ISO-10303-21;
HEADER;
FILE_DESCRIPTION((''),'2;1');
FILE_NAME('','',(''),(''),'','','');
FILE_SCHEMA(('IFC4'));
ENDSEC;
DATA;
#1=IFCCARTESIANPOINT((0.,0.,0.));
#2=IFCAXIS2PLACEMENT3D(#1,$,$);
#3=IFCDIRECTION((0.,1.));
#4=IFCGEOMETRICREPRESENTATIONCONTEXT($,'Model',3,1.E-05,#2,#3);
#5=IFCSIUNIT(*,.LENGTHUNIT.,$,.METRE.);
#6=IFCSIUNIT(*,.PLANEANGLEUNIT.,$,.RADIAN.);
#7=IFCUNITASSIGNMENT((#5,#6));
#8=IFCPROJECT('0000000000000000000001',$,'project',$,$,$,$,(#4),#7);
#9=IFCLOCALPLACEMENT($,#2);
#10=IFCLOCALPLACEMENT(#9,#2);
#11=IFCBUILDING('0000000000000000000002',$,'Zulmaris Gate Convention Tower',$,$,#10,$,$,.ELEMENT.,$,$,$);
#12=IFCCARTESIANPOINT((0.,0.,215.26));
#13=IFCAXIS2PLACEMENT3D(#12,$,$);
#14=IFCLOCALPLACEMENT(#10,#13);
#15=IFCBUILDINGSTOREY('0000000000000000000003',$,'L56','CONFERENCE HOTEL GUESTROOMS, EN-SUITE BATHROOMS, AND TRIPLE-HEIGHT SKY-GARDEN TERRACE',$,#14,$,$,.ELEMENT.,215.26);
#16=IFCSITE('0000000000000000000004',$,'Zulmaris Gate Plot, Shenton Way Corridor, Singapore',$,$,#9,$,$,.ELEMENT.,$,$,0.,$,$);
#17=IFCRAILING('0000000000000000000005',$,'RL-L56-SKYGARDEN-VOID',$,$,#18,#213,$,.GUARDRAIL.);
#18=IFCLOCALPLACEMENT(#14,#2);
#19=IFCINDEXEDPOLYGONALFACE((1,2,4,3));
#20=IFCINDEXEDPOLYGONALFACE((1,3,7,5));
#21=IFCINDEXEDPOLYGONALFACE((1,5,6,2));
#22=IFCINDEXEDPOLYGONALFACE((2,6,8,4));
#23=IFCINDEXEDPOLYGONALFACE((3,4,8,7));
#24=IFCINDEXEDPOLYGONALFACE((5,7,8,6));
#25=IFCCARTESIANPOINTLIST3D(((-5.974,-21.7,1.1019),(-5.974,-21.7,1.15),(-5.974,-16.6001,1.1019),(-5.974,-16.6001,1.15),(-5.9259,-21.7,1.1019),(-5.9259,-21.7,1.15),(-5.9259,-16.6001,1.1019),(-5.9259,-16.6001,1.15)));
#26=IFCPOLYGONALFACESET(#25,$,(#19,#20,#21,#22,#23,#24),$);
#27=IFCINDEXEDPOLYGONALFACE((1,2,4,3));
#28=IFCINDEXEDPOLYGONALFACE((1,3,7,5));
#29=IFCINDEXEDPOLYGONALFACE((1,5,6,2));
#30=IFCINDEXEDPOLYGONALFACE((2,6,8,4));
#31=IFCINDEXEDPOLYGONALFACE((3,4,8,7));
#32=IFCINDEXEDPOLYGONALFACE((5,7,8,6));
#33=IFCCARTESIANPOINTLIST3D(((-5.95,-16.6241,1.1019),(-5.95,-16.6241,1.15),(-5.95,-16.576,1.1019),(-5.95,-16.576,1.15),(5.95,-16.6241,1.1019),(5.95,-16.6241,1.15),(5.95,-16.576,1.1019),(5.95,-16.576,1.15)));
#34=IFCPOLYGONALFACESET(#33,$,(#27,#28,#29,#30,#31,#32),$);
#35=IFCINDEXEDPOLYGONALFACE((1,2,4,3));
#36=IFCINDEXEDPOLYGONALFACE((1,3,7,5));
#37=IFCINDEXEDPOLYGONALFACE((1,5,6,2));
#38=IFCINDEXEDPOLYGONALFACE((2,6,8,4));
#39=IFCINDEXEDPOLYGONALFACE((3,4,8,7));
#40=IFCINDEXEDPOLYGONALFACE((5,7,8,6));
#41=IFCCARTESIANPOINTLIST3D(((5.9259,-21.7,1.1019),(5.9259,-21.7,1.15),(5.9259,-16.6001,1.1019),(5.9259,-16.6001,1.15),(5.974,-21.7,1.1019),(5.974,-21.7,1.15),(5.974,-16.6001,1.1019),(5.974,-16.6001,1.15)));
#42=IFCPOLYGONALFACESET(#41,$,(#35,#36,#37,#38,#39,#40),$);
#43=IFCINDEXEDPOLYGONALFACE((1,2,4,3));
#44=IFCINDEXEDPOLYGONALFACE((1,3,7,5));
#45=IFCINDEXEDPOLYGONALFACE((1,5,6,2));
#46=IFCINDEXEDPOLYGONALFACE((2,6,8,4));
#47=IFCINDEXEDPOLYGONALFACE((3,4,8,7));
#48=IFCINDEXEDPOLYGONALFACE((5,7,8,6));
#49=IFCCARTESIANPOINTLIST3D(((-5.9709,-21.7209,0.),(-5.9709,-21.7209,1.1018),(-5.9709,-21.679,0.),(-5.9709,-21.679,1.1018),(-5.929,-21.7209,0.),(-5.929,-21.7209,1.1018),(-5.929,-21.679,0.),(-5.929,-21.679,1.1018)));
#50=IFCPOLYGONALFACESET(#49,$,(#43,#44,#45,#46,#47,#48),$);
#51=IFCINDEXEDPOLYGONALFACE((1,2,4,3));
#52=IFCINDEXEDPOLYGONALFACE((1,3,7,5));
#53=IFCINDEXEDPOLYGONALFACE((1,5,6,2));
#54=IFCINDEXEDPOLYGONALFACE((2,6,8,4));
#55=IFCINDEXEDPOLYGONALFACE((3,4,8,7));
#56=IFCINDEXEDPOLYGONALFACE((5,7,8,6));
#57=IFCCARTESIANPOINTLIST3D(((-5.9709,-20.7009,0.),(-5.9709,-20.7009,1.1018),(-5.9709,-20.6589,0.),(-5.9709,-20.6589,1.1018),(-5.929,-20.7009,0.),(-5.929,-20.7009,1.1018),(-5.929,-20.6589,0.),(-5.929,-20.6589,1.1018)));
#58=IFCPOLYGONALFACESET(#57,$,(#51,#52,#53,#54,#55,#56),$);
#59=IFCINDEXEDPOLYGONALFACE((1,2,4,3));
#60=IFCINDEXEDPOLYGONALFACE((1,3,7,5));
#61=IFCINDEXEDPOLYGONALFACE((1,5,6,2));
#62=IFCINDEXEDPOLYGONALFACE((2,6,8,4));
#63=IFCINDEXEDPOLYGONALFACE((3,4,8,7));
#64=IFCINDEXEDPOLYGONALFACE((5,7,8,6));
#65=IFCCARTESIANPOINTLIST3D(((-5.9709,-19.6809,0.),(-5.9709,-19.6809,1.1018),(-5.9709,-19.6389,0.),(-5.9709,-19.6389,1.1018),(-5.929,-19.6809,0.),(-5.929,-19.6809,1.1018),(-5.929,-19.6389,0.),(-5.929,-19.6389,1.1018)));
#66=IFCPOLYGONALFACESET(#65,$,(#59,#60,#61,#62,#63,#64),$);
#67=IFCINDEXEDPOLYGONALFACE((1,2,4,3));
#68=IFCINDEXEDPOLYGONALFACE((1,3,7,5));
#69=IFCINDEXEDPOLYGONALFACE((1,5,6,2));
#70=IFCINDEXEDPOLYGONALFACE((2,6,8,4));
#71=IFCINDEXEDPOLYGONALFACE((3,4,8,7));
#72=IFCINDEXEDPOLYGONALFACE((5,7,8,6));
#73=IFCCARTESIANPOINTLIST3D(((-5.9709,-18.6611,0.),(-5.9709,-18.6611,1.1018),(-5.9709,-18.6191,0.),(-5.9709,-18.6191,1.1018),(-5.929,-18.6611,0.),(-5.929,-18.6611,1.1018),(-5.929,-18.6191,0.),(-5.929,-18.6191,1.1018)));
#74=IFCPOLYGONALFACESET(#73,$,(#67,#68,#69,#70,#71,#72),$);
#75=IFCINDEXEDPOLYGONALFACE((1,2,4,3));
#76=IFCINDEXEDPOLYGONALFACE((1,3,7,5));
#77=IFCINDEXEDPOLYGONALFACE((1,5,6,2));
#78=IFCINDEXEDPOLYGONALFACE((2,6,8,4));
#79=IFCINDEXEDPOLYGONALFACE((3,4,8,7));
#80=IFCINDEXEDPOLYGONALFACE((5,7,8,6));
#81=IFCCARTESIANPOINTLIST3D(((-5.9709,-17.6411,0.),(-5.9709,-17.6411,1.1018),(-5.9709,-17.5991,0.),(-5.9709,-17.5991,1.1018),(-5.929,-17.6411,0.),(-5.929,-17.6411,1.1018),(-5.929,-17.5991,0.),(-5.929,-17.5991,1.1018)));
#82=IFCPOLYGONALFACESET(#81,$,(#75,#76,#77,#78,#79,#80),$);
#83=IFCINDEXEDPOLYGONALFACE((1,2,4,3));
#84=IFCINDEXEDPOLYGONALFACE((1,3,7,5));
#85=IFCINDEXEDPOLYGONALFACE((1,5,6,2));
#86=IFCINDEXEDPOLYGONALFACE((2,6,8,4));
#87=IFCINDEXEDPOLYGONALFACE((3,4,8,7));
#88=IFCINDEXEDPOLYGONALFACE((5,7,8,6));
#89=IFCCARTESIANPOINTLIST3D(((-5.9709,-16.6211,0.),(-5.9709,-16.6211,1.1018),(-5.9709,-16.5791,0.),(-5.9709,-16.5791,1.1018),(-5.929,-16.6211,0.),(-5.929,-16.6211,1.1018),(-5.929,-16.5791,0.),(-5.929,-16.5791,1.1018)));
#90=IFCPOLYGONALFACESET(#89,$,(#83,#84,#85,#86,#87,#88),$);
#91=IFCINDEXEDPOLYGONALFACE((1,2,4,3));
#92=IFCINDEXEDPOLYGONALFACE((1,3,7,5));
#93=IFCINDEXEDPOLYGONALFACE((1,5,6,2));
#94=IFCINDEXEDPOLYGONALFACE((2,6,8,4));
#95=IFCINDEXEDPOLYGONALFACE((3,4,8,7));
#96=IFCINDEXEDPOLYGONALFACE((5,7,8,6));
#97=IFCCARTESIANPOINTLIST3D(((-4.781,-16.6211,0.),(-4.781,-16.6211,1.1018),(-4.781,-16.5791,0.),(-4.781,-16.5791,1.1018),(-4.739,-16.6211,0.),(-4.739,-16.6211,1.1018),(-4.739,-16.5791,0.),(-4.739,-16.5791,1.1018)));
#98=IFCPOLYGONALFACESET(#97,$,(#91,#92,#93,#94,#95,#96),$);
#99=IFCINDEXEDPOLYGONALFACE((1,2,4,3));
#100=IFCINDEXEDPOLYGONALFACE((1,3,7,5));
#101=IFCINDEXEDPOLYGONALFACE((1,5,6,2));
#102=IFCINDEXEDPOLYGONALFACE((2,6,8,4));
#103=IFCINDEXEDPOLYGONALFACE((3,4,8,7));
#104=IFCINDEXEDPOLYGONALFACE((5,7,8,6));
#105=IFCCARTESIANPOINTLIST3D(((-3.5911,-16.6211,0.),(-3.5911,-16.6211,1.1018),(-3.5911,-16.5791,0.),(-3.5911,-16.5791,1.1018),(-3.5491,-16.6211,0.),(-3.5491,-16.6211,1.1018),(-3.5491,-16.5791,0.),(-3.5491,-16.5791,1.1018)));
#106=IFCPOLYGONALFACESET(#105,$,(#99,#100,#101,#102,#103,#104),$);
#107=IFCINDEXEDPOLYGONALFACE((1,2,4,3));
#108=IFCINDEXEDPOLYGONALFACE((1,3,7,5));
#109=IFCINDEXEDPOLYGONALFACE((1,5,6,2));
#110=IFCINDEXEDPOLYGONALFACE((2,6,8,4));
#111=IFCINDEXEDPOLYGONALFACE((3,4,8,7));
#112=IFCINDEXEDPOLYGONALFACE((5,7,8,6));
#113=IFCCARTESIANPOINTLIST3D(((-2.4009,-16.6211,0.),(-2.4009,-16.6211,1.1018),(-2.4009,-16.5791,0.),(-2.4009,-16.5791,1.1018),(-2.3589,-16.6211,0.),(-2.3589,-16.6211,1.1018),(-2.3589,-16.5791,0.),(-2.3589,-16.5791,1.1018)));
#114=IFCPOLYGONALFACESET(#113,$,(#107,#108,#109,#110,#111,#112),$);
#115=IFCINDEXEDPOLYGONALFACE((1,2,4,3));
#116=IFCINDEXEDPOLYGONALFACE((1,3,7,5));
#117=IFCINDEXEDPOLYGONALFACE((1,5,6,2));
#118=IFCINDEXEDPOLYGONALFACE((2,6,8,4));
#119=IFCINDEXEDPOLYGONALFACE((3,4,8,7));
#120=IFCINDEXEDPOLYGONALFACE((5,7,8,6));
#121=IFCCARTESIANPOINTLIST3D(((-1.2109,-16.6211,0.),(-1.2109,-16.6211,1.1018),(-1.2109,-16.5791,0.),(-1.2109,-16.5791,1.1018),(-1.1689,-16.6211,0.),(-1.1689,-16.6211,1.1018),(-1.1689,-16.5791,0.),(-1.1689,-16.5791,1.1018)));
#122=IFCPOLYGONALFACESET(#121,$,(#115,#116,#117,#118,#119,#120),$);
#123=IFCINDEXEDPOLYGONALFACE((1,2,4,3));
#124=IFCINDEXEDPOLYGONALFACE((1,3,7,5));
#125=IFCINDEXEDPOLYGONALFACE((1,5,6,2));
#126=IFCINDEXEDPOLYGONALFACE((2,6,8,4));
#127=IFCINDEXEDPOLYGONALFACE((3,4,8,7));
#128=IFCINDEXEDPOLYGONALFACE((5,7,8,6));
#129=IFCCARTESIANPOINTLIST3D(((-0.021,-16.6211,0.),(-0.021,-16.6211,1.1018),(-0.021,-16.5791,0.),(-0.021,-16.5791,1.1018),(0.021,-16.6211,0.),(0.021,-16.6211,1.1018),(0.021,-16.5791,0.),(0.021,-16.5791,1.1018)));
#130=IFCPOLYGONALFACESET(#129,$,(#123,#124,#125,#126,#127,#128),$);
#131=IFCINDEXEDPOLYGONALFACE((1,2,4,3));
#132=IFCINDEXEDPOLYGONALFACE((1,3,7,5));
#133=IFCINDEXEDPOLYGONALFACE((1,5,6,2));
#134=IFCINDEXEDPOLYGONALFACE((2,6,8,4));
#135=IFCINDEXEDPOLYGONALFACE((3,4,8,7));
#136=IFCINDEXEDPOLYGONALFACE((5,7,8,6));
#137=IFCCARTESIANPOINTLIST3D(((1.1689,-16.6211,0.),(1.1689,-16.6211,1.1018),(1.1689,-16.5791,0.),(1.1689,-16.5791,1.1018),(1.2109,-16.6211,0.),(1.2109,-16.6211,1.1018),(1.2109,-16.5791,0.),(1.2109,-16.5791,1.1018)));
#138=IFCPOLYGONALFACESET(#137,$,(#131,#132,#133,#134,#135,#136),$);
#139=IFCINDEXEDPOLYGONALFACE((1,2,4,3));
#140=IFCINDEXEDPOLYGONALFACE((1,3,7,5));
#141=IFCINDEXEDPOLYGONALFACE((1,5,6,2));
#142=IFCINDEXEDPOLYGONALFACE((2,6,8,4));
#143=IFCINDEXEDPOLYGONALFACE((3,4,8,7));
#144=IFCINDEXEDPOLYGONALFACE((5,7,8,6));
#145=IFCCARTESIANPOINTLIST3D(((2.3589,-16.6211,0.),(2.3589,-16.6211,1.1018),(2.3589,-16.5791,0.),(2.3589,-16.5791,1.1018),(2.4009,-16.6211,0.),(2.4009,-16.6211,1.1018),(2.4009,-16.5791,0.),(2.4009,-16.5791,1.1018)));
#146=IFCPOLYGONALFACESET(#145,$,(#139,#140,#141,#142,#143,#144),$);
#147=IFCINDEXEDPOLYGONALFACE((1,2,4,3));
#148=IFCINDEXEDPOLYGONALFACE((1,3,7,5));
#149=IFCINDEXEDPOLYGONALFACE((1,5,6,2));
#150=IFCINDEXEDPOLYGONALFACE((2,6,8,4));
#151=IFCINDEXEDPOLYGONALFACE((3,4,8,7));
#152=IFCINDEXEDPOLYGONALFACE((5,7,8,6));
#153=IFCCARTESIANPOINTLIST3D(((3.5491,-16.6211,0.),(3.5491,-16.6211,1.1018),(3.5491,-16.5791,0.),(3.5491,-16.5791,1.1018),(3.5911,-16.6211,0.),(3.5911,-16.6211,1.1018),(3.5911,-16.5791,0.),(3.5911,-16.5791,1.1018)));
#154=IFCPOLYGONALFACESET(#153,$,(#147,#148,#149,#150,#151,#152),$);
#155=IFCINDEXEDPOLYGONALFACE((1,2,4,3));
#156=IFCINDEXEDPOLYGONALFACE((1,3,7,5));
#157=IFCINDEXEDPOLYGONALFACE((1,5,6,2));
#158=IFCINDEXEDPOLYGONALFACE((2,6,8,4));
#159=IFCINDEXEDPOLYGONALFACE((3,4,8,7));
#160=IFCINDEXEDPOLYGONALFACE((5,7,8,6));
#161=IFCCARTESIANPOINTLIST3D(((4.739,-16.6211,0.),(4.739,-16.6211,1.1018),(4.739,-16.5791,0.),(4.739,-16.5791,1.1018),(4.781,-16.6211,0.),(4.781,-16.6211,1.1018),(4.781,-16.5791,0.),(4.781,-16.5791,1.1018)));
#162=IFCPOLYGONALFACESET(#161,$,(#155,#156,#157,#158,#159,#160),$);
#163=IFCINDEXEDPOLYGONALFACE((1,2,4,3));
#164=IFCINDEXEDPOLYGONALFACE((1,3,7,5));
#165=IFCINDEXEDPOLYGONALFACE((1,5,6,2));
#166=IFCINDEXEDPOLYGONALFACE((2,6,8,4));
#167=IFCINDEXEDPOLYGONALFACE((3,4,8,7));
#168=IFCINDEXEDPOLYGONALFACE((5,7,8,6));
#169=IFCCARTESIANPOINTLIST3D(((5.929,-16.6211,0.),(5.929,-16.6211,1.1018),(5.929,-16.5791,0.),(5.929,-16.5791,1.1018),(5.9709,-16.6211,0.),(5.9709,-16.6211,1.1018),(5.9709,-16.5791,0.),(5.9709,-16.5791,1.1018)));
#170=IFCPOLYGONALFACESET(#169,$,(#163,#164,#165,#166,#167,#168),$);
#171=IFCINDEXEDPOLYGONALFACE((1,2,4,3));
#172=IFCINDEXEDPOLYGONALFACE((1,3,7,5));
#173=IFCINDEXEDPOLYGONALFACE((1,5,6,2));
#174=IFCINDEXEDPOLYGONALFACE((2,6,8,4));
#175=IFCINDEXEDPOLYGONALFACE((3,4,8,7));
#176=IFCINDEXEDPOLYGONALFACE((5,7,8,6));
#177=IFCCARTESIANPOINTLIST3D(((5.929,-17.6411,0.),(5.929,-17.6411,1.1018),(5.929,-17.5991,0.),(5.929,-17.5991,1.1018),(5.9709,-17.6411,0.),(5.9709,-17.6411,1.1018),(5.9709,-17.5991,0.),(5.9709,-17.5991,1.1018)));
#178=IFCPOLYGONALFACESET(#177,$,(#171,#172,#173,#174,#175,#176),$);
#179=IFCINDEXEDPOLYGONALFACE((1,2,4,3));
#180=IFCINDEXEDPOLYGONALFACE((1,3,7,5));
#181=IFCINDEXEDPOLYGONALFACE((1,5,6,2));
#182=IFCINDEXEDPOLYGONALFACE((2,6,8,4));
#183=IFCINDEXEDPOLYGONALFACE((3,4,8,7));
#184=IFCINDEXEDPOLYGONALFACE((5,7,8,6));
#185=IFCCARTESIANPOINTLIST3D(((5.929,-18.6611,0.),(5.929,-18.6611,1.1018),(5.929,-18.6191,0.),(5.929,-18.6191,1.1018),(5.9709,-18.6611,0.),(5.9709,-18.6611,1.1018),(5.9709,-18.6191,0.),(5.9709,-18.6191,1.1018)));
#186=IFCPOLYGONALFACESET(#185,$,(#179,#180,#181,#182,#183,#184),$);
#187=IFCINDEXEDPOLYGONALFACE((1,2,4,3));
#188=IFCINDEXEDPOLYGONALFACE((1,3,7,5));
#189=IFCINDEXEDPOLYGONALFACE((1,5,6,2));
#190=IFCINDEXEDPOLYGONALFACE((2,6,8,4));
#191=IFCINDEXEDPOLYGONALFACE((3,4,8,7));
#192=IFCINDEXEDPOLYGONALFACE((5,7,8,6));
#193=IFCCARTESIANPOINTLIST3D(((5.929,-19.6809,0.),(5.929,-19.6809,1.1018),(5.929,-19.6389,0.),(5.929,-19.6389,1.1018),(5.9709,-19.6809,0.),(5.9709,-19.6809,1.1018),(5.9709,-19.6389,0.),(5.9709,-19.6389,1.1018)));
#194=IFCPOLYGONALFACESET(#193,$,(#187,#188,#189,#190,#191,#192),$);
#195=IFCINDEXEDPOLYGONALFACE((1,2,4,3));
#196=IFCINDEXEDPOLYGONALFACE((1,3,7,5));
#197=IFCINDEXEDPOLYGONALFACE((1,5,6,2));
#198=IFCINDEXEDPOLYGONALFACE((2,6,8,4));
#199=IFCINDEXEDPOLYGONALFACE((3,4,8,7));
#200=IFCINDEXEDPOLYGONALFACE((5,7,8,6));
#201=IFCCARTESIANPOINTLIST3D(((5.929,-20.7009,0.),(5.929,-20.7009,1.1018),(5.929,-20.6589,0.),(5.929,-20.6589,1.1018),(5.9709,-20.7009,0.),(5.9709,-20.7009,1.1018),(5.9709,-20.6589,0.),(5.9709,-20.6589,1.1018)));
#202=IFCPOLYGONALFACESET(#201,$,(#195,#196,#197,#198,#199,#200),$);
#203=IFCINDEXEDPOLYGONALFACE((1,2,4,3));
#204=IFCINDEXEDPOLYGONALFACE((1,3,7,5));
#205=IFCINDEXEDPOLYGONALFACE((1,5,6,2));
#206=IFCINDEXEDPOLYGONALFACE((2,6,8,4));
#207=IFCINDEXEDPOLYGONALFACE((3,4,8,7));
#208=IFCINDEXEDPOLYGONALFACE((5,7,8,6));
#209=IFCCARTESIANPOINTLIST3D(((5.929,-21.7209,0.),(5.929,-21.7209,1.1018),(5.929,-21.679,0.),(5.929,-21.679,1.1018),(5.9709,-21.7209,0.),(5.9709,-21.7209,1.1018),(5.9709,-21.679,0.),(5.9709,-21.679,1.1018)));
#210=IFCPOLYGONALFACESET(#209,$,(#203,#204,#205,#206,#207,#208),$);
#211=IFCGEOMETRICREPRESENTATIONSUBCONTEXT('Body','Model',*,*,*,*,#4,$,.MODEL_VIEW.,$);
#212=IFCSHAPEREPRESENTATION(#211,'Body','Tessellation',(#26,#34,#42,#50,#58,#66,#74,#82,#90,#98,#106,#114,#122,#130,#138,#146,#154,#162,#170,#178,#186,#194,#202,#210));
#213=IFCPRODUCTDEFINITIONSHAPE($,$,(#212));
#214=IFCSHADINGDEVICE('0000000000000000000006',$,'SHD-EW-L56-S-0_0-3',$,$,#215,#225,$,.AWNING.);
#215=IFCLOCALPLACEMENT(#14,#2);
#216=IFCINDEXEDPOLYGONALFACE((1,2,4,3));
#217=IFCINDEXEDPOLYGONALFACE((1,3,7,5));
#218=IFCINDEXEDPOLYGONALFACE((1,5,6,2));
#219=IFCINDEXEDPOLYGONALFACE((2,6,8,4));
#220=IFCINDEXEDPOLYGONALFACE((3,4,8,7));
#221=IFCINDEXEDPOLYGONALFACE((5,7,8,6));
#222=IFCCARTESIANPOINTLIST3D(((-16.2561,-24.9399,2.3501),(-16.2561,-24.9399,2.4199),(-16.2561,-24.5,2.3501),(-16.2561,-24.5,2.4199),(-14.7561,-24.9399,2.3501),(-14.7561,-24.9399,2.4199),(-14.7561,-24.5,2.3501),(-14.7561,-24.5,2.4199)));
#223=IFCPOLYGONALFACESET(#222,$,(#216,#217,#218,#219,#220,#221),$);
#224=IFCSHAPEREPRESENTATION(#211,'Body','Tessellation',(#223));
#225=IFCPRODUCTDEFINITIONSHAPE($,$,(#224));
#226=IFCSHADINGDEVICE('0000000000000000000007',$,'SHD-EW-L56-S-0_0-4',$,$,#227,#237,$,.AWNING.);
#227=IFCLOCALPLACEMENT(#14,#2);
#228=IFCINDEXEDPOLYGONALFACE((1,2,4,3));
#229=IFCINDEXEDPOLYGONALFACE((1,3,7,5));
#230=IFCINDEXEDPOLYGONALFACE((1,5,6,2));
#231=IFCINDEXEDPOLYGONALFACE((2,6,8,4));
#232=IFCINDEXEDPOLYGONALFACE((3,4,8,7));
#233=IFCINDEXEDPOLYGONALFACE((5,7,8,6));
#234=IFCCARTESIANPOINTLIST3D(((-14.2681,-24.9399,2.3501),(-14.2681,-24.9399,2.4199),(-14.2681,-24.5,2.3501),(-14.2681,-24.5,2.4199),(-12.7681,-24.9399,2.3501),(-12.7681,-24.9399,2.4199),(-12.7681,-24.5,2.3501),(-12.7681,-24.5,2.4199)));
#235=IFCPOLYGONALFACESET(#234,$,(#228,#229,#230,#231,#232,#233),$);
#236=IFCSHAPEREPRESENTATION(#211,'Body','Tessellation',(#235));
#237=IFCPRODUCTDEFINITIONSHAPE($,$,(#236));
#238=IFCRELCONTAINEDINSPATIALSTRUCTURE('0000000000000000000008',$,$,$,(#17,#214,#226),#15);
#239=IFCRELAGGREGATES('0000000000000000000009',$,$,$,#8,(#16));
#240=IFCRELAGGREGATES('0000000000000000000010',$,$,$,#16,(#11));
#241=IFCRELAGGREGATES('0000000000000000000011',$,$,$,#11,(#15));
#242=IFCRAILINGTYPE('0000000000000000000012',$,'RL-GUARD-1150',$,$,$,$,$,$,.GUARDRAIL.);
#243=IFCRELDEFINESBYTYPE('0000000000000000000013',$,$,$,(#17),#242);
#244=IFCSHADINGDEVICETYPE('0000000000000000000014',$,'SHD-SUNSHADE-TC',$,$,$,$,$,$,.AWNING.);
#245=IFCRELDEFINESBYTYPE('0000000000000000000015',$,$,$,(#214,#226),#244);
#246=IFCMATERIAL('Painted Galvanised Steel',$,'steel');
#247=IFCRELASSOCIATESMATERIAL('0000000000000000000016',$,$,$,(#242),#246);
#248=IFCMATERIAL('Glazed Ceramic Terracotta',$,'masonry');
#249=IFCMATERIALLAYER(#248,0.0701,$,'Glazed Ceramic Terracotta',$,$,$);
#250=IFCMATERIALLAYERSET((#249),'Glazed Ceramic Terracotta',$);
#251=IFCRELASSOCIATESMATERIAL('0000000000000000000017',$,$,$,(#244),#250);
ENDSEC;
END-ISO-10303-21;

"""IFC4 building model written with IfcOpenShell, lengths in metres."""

from ifc_helpers import new_model, si_unit, direction, frame, frame_2d, origin, origin_2d, place, context, subcontext, project, spatial, rectangle, extrude, material, layer, layer_set, type_object, element, save


model = new_model("IFC4")

# Units and contexts
model_context = context("Model", 3, precision=1e-05, world=origin(), true_north=direction((0.0, 1.0)))
body_context = subcontext(model_context, "Body", "Model", "MODEL_VIEW")
ifc_project = project(units=[si_unit("LENGTHUNIT", "METRE"), si_unit("PLANEANGLEUNIT", "RADIAN")], contexts=[model_context])

# Site, building, storey
site_placement = place(None, origin())
site = spatial("IfcSite", under=ifc_project, at=site_placement, Name="Zulmaris Gate Plot, Shenton Way Corridor, Singapore", CompositionType="ELEMENT", RefElevation=0.0)
building_placement = place(site_placement, origin())
building = spatial("IfcBuilding", under=site, at=building_placement, Name="Zulmaris Gate Convention Tower", CompositionType="ELEMENT")
storey_placement = place(building_placement, frame((0.0, 0.0, 215.26)))
storey = spatial("IfcBuildingStorey", under=building, at=storey_placement, Name="L56", Description="CONFERENCE HOTEL GUESTROOMS, EN-SUITE BATHROOMS, AND TRIPLE-HEIGHT SKY-GARDEN TERRACE", CompositionType="ELEMENT", Elevation=215.26)

# Railing
ifc_material_1 = material(Name="Painted Galvanised Steel", Category="steel")
railing_type = type_object("IfcRailingType", Name="RL-GUARD-1150", PredefinedType="GUARDRAIL", material=ifc_material_1)
railing_placement = place(storey_placement, frame((-5.95, -21.7, 0.0)))
element("IfcRailing", 1, at=railing_placement, inside=storey, type_object=railing_type, Name="RL-L56-SKYGARDEN-VOID", PredefinedType="GUARDRAIL", context=body_context, shape_type="SweptSolid", body=[
    extrude(rectangle(XDim=0.0481, YDim=0.0481, at=origin_2d()), frame((0.0, 0.0, 1.126), z_axis=(0.0, 1.0, 0.0), x_axis=(-1.0, 0.0, 0.0)), (0.0, 0.0, 1.0), 5.0999),
    extrude(rectangle(XDim=0.0481, YDim=0.0481, at=origin_2d()), frame((0.0, 5.0999, 1.126), z_axis=(1.0, 0.0, 0.0), x_axis=(0.0, 1.0, 0.0)), (0.0, 0.0, 1.0), 11.8999),
    extrude(rectangle(XDim=0.0481, YDim=0.0481, at=origin_2d()), frame((11.8999, 5.0999, 1.126), z_axis=(0.0, -1.0, 0.0), x_axis=(1.0, 0.0, 0.0)), (0.0, 0.0, 1.0), 5.0999),
    extrude(rectangle(XDim=0.042, YDim=0.042, at=origin_2d()), origin(), (0.0, 0.0, 1.0), 1.1018),
    extrude(rectangle(XDim=0.042, YDim=0.042, at=origin_2d()), frame((0.0, 1.02, 0.0)), (0.0, 0.0, 1.0), 1.1018),
    extrude(rectangle(XDim=0.042, YDim=0.042, at=origin_2d()), frame((0.0, 2.04, 0.0)), (0.0, 0.0, 1.0), 1.1018),
    extrude(rectangle(XDim=0.042, YDim=0.042, at=origin_2d()), frame((0.0, 3.0598, 0.0)), (0.0, 0.0, 1.0), 1.1018),
    extrude(rectangle(XDim=0.042, YDim=0.042, at=origin_2d()), frame((0.0, 4.0798, 0.0)), (0.0, 0.0, 1.0), 1.1018),
    extrude(rectangle(XDim=0.042, YDim=0.042, at=origin_2d()), frame((0.0, 5.0999, 0.0)), (0.0, 0.0, 1.0), 1.1018),
    extrude(rectangle(XDim=0.042, YDim=0.042, at=origin_2d()), frame((1.1899, 5.0999, 0.0)), (0.0, 0.0, 1.0), 1.1018),
    extrude(rectangle(XDim=0.042, YDim=0.042, at=origin_2d()), frame((2.3799, 5.0999, 0.0)), (0.0, 0.0, 1.0), 1.1018),
    extrude(rectangle(XDim=0.042, YDim=0.042, at=origin_2d()), frame((3.5701, 5.0999, 0.0)), (0.0, 0.0, 1.0), 1.1018),
    extrude(rectangle(XDim=0.042, YDim=0.042, at=origin_2d()), frame((4.76, 5.0999, 0.0)), (0.0, 0.0, 1.0), 1.1018),
    extrude(rectangle(XDim=0.042, YDim=0.042, at=origin_2d()), frame((5.95, 5.0999, 0.0)), (0.0, 0.0, 1.0), 1.1018),
    extrude(rectangle(XDim=0.042, YDim=0.042, at=origin_2d()), frame((7.1399, 5.0999, 0.0)), (0.0, 0.0, 1.0), 1.1018),
    extrude(rectangle(XDim=0.042, YDim=0.042, at=origin_2d()), frame((8.3298, 5.0999, 0.0)), (0.0, 0.0, 1.0), 1.1018),
    extrude(rectangle(XDim=0.042, YDim=0.042, at=origin_2d()), frame((9.52, 5.0999, 0.0)), (0.0, 0.0, 1.0), 1.1018),
    extrude(rectangle(XDim=0.042, YDim=0.042, at=origin_2d()), frame((10.71, 5.0999, 0.0)), (0.0, 0.0, 1.0), 1.1018),
    extrude(rectangle(XDim=0.042, YDim=0.042, at=origin_2d()), frame((11.8999, 5.0999, 0.0)), (0.0, 0.0, 1.0), 1.1018),
    extrude(rectangle(XDim=0.042, YDim=0.042, at=origin_2d()), frame((11.8999, 4.0798, 0.0)), (0.0, 0.0, 1.0), 1.1018),
    extrude(rectangle(XDim=0.042, YDim=0.042, at=origin_2d()), frame((11.8999, 3.0598, 0.0)), (0.0, 0.0, 1.0), 1.1018),
    extrude(rectangle(XDim=0.042, YDim=0.042, at=origin_2d()), frame((11.8999, 2.04, 0.0)), (0.0, 0.0, 1.0), 1.1018),
    extrude(rectangle(XDim=0.042, YDim=0.042, at=origin_2d()), frame((11.8999, 1.02, 0.0)), (0.0, 0.0, 1.0), 1.1018),
    extrude(rectangle(XDim=0.042, YDim=0.042, at=origin_2d()), frame((11.8999, 0.0, 0.0)), (0.0, 0.0, 1.0), 1.1018),
])

# Shading devices
ifc_material_2 = material(Name="Glazed Ceramic Terracotta", Category="masonry")
ifc_layer_1 = layer(ifc_material_2, 0.0701, Name="Glazed Ceramic Terracotta")
ifc_layer_set_1 = layer_set([ifc_layer_1], Name="Glazed Ceramic Terracotta")
shading_device_type = type_object("IfcShadingDeviceType", Name="SHD-SUNSHADE-TC", PredefinedType="AWNING", material=ifc_layer_set_1)
for number, where, z_axis, x_axis, name in (
    (2, (-16.2561, -24.72, 2.3501), (0.0, 0.0, 1.0), (1.0, 0.0, 0.0), "SHD-EW-L56-S-0_0-3"),
    (3, (-14.2681, -24.72, 2.3501), (0.0, 0.0, 1.0), (1.0, 0.0, 0.0), "SHD-EW-L56-S-0_0-4"),
):
    element("IfcShadingDevice", number, at=place(storey_placement, frame(where, z_axis=z_axis, x_axis=x_axis)), inside=storey, type_object=shading_device_type, Name=name, PredefinedType="AWNING", context=body_context, shape_type="SweptSolid", body=[
        extrude(rectangle(XDim=1.5, YDim=0.4399, at=frame_2d((0.75, 0.0))), origin(), (0.0, 0.0, 1.0), 0.0698),
    ])

save(model, "model.ifc")
